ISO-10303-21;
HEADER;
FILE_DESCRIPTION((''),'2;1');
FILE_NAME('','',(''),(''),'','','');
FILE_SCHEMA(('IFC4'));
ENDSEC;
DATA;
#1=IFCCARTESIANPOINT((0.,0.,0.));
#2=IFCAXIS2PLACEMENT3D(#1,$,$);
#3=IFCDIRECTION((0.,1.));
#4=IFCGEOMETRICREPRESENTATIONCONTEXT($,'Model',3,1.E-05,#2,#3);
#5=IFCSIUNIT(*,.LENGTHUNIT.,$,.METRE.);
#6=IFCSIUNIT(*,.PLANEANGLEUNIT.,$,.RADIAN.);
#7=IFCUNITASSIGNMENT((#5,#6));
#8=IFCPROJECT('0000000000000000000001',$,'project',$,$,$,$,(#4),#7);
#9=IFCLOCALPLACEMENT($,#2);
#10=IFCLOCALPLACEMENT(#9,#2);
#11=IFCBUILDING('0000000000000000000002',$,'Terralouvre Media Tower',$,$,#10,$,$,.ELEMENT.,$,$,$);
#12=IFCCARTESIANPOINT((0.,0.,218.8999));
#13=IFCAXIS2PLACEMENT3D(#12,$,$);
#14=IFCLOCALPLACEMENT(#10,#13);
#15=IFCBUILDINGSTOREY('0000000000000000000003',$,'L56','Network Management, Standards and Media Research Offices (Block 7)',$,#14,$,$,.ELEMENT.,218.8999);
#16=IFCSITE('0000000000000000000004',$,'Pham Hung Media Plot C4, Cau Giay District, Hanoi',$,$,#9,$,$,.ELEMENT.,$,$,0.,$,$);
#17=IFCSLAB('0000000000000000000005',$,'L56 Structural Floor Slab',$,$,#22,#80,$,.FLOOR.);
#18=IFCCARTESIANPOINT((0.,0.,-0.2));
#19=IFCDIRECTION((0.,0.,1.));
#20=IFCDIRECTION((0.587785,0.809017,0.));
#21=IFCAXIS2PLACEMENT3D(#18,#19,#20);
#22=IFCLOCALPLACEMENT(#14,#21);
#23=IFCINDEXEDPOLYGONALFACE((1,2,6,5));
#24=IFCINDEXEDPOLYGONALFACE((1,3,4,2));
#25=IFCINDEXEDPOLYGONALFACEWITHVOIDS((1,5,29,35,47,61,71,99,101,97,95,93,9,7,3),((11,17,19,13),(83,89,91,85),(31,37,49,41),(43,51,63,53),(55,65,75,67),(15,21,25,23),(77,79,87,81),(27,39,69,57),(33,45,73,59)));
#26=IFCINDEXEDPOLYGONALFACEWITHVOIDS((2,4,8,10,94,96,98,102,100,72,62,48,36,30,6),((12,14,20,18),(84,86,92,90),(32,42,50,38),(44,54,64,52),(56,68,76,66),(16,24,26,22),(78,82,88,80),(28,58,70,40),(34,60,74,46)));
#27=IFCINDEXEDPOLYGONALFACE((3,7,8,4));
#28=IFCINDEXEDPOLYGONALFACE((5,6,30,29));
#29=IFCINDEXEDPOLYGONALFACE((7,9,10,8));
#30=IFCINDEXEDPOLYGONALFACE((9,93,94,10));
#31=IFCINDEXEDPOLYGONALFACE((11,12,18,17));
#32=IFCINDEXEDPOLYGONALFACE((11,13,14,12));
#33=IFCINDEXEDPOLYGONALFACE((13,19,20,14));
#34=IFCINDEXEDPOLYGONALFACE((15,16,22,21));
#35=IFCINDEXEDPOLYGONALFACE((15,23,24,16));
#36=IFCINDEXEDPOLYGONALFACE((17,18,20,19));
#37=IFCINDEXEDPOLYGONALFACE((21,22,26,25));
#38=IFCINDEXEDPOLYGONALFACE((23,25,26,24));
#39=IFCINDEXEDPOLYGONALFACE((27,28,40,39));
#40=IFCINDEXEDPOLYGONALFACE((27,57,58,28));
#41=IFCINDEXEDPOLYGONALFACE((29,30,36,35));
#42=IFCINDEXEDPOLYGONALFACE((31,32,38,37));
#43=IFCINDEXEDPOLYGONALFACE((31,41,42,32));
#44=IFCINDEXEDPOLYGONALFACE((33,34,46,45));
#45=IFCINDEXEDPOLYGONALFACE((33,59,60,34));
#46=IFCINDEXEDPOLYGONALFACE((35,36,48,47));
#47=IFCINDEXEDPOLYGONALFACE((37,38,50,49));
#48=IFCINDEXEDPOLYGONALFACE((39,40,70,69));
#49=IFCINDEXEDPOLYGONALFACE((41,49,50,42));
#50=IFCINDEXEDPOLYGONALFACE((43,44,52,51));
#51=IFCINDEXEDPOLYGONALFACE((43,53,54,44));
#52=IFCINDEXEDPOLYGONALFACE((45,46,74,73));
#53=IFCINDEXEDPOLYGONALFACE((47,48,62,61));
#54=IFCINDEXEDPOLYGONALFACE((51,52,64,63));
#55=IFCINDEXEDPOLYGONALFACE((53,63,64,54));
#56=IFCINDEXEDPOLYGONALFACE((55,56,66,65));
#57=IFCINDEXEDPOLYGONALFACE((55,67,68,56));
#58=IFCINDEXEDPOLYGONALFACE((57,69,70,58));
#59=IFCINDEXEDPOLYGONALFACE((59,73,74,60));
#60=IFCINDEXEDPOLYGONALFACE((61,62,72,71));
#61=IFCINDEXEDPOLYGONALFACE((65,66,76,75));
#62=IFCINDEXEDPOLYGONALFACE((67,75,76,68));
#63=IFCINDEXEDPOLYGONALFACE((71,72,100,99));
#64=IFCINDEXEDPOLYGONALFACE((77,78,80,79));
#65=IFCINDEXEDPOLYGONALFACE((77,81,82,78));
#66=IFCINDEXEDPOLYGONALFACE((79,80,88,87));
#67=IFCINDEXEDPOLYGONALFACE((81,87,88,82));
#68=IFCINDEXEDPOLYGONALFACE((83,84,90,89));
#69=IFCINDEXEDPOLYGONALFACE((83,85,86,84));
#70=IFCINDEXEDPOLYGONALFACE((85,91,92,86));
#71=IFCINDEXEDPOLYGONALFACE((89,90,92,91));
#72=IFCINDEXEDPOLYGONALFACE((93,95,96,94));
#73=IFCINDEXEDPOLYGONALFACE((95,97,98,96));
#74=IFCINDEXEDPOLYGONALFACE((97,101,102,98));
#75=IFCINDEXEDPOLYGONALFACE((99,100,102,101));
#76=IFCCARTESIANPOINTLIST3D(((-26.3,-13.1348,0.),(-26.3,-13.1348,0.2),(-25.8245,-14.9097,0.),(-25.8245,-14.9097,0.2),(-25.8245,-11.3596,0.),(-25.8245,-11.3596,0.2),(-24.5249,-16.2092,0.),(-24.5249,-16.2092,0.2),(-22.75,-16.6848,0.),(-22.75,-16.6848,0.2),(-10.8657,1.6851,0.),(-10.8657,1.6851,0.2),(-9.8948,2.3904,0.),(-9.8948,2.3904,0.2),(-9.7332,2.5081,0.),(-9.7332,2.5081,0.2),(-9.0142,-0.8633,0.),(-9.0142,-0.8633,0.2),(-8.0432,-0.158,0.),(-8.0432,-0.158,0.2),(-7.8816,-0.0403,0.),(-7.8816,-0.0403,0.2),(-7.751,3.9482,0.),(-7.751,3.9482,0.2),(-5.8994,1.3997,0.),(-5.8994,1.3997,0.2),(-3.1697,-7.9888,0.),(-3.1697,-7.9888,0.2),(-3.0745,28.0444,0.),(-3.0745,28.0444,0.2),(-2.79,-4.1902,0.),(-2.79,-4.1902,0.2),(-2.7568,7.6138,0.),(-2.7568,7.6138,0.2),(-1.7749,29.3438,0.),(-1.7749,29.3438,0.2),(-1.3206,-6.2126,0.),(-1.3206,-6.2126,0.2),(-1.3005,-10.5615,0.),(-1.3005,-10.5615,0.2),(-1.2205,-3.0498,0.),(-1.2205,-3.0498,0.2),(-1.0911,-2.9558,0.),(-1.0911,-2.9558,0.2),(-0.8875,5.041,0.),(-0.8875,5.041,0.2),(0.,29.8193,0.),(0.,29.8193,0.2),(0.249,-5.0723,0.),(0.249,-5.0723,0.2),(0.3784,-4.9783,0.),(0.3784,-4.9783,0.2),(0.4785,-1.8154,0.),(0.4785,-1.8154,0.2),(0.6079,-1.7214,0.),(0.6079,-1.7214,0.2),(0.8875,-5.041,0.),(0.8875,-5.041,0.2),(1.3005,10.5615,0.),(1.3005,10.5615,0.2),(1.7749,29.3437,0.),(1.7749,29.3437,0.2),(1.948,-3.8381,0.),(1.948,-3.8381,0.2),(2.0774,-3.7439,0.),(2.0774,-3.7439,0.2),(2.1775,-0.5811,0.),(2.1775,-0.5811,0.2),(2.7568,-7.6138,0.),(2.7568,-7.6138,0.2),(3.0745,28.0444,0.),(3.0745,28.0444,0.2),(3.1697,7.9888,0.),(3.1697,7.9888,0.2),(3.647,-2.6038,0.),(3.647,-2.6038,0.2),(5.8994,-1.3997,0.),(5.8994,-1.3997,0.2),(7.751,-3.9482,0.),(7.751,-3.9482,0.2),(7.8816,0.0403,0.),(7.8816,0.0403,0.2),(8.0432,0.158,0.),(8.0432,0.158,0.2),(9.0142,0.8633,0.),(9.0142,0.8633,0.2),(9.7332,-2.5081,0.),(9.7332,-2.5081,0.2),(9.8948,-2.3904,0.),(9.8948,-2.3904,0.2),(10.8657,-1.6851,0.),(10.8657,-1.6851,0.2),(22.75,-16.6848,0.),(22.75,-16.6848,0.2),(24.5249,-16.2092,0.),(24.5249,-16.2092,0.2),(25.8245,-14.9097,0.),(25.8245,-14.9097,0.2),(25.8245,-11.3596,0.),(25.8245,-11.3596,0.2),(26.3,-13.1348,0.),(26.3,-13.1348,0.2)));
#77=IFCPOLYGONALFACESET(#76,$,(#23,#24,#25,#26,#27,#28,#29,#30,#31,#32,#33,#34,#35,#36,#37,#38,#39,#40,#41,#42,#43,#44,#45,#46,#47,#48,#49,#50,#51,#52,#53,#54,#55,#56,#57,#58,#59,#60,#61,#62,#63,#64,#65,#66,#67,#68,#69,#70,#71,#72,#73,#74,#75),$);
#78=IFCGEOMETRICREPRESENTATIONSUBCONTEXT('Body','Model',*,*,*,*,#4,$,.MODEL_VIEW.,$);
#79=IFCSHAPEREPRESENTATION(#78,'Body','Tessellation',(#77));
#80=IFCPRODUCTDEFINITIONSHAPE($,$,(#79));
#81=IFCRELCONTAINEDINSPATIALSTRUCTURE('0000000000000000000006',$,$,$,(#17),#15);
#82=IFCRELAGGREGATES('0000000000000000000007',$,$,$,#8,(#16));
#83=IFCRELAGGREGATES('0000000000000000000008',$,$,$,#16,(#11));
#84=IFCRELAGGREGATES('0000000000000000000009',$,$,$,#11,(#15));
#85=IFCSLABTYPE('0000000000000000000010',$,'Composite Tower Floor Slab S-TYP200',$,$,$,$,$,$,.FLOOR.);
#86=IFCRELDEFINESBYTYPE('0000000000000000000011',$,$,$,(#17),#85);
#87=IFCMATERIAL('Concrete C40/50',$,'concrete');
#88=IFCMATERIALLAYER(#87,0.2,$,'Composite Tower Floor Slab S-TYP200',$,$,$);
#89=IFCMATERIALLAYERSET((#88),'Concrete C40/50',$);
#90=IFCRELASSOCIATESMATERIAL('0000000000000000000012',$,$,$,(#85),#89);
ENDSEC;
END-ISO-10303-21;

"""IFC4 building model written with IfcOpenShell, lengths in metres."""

from ifc_helpers import new_model, si_unit, direction, frame, origin, place, context, subcontext, project, spatial, polyline, outline, extrude, material, layer, layer_set, type_object, element, save


model = new_model("IFC4")

# Units and contexts
model_context = context("Model", 3, precision=1e-05, world=origin(), true_north=direction((0.0, 1.0)))
body_context = subcontext(model_context, "Body", "Model", "MODEL_VIEW")
ifc_project = project(units=[si_unit("LENGTHUNIT", "METRE"), si_unit("PLANEANGLEUNIT", "RADIAN")], contexts=[model_context])

# Site, building, storey
site_placement = place(None, origin())
site = spatial("IfcSite", under=ifc_project, at=site_placement, Name="Pham Hung Media Plot C4, Cau Giay District, Hanoi", CompositionType="ELEMENT", RefElevation=0.0)
building_placement = place(site_placement, origin())
building = spatial("IfcBuilding", under=site, at=building_placement, Name="Terralouvre Media Tower", CompositionType="ELEMENT")
storey_placement = place(building_placement, frame((0.0, 0.0, 218.8999)))
storey = spatial("IfcBuildingStorey", under=building, at=storey_placement, Name="L56", Description="Network Management, Standards and Media Research Offices (Block 7)", CompositionType="ELEMENT", Elevation=218.8999)

# Slab
ifc_material_1 = material(Name="Concrete C40/50", Category="concrete")
ifc_layer_1 = layer(ifc_material_1, 0.2, Name="Composite Tower Floor Slab S-TYP200")
ifc_layer_set_1 = layer_set([ifc_layer_1], Name="Concrete C40/50")
slab_type = type_object("IfcSlabType", Name="Composite Tower Floor Slab S-TYP200", PredefinedType="FLOOR", material=ifc_layer_set_1)
slab_placement = place(storey_placement, frame((0.0, 0.0, -0.2), z_axis=(0.0, 0.0, 1.0), x_axis=(0.587785, 0.809017, 0.0)))
element("IfcSlab", 1, at=slab_placement, inside=storey, type_object=slab_type, Name="L56 Structural Floor Slab", PredefinedType="FLOOR", context=body_context, shape_type="SweptSolid", body=[
    extrude(outline(polyline([(-25.8245, -11.3596), (-26.3, -13.1348), (-25.8245, -14.9097), (-24.5249, -16.2092), (-22.75, -16.6848), (22.75, -16.6848), (24.5249, -16.2092), (25.8245, -14.9097), (26.3, -13.1348), (25.8245, -11.3596), (3.0745, 28.0444), (1.7749, 29.3438), (0.0, 29.8193), (-1.7749, 29.3438), (-3.0745, 28.0444), (-25.8245, -11.3596)]), holes=[polyline([(-8.0432, -0.158), (-9.0142, -0.8633), (-10.8657, 1.6851), (-9.8948, 2.3904), (-8.0432, -0.158)]), polyline([(-5.8994, 1.3997), (-7.8816, -0.0403), (-9.7332, 2.5081), (-7.751, 3.9482), (-5.8994, 1.3997)]), polyline([(-3.1697, -7.9888), (0.8875, -5.041), (2.7568, -7.6138), (-1.3005, -10.5615), (-3.1697, -7.9888)]), polyline([(0.249, -5.0723), (-1.3206, -6.2126), (-2.79, -4.1902), (-1.2205, -3.0498), (0.249, -5.0723)]), polyline([(1.948, -3.8381), (0.3784, -4.9783), (-1.0911, -2.9558), (0.4785, -1.8154), (1.948, -3.8381)]), polyline([(3.647, -2.6038), (2.0774, -3.7439), (0.6079, -1.7214), (2.1775, -0.5811), (3.647, -2.6038)]), polyline([(3.1697, 7.9888), (-0.8875, 5.041), (-2.7568, 7.6138), (1.3005, 10.5615), (3.1697, 7.9888)]), polyline([(7.751, -3.9482), (5.8994, -1.3997), (7.8816, 0.0403), (9.7332, -2.5081), (7.751, -3.9482)]), polyline([(9.8948, -2.3904), (8.0432, 0.158), (9.0142, 0.8633), (10.8657, -1.6851), (9.8948, -2.3904)])]), origin(), (0.0, 0.0, 1.0), 0.2),
])

save(model, "model.ifc")
